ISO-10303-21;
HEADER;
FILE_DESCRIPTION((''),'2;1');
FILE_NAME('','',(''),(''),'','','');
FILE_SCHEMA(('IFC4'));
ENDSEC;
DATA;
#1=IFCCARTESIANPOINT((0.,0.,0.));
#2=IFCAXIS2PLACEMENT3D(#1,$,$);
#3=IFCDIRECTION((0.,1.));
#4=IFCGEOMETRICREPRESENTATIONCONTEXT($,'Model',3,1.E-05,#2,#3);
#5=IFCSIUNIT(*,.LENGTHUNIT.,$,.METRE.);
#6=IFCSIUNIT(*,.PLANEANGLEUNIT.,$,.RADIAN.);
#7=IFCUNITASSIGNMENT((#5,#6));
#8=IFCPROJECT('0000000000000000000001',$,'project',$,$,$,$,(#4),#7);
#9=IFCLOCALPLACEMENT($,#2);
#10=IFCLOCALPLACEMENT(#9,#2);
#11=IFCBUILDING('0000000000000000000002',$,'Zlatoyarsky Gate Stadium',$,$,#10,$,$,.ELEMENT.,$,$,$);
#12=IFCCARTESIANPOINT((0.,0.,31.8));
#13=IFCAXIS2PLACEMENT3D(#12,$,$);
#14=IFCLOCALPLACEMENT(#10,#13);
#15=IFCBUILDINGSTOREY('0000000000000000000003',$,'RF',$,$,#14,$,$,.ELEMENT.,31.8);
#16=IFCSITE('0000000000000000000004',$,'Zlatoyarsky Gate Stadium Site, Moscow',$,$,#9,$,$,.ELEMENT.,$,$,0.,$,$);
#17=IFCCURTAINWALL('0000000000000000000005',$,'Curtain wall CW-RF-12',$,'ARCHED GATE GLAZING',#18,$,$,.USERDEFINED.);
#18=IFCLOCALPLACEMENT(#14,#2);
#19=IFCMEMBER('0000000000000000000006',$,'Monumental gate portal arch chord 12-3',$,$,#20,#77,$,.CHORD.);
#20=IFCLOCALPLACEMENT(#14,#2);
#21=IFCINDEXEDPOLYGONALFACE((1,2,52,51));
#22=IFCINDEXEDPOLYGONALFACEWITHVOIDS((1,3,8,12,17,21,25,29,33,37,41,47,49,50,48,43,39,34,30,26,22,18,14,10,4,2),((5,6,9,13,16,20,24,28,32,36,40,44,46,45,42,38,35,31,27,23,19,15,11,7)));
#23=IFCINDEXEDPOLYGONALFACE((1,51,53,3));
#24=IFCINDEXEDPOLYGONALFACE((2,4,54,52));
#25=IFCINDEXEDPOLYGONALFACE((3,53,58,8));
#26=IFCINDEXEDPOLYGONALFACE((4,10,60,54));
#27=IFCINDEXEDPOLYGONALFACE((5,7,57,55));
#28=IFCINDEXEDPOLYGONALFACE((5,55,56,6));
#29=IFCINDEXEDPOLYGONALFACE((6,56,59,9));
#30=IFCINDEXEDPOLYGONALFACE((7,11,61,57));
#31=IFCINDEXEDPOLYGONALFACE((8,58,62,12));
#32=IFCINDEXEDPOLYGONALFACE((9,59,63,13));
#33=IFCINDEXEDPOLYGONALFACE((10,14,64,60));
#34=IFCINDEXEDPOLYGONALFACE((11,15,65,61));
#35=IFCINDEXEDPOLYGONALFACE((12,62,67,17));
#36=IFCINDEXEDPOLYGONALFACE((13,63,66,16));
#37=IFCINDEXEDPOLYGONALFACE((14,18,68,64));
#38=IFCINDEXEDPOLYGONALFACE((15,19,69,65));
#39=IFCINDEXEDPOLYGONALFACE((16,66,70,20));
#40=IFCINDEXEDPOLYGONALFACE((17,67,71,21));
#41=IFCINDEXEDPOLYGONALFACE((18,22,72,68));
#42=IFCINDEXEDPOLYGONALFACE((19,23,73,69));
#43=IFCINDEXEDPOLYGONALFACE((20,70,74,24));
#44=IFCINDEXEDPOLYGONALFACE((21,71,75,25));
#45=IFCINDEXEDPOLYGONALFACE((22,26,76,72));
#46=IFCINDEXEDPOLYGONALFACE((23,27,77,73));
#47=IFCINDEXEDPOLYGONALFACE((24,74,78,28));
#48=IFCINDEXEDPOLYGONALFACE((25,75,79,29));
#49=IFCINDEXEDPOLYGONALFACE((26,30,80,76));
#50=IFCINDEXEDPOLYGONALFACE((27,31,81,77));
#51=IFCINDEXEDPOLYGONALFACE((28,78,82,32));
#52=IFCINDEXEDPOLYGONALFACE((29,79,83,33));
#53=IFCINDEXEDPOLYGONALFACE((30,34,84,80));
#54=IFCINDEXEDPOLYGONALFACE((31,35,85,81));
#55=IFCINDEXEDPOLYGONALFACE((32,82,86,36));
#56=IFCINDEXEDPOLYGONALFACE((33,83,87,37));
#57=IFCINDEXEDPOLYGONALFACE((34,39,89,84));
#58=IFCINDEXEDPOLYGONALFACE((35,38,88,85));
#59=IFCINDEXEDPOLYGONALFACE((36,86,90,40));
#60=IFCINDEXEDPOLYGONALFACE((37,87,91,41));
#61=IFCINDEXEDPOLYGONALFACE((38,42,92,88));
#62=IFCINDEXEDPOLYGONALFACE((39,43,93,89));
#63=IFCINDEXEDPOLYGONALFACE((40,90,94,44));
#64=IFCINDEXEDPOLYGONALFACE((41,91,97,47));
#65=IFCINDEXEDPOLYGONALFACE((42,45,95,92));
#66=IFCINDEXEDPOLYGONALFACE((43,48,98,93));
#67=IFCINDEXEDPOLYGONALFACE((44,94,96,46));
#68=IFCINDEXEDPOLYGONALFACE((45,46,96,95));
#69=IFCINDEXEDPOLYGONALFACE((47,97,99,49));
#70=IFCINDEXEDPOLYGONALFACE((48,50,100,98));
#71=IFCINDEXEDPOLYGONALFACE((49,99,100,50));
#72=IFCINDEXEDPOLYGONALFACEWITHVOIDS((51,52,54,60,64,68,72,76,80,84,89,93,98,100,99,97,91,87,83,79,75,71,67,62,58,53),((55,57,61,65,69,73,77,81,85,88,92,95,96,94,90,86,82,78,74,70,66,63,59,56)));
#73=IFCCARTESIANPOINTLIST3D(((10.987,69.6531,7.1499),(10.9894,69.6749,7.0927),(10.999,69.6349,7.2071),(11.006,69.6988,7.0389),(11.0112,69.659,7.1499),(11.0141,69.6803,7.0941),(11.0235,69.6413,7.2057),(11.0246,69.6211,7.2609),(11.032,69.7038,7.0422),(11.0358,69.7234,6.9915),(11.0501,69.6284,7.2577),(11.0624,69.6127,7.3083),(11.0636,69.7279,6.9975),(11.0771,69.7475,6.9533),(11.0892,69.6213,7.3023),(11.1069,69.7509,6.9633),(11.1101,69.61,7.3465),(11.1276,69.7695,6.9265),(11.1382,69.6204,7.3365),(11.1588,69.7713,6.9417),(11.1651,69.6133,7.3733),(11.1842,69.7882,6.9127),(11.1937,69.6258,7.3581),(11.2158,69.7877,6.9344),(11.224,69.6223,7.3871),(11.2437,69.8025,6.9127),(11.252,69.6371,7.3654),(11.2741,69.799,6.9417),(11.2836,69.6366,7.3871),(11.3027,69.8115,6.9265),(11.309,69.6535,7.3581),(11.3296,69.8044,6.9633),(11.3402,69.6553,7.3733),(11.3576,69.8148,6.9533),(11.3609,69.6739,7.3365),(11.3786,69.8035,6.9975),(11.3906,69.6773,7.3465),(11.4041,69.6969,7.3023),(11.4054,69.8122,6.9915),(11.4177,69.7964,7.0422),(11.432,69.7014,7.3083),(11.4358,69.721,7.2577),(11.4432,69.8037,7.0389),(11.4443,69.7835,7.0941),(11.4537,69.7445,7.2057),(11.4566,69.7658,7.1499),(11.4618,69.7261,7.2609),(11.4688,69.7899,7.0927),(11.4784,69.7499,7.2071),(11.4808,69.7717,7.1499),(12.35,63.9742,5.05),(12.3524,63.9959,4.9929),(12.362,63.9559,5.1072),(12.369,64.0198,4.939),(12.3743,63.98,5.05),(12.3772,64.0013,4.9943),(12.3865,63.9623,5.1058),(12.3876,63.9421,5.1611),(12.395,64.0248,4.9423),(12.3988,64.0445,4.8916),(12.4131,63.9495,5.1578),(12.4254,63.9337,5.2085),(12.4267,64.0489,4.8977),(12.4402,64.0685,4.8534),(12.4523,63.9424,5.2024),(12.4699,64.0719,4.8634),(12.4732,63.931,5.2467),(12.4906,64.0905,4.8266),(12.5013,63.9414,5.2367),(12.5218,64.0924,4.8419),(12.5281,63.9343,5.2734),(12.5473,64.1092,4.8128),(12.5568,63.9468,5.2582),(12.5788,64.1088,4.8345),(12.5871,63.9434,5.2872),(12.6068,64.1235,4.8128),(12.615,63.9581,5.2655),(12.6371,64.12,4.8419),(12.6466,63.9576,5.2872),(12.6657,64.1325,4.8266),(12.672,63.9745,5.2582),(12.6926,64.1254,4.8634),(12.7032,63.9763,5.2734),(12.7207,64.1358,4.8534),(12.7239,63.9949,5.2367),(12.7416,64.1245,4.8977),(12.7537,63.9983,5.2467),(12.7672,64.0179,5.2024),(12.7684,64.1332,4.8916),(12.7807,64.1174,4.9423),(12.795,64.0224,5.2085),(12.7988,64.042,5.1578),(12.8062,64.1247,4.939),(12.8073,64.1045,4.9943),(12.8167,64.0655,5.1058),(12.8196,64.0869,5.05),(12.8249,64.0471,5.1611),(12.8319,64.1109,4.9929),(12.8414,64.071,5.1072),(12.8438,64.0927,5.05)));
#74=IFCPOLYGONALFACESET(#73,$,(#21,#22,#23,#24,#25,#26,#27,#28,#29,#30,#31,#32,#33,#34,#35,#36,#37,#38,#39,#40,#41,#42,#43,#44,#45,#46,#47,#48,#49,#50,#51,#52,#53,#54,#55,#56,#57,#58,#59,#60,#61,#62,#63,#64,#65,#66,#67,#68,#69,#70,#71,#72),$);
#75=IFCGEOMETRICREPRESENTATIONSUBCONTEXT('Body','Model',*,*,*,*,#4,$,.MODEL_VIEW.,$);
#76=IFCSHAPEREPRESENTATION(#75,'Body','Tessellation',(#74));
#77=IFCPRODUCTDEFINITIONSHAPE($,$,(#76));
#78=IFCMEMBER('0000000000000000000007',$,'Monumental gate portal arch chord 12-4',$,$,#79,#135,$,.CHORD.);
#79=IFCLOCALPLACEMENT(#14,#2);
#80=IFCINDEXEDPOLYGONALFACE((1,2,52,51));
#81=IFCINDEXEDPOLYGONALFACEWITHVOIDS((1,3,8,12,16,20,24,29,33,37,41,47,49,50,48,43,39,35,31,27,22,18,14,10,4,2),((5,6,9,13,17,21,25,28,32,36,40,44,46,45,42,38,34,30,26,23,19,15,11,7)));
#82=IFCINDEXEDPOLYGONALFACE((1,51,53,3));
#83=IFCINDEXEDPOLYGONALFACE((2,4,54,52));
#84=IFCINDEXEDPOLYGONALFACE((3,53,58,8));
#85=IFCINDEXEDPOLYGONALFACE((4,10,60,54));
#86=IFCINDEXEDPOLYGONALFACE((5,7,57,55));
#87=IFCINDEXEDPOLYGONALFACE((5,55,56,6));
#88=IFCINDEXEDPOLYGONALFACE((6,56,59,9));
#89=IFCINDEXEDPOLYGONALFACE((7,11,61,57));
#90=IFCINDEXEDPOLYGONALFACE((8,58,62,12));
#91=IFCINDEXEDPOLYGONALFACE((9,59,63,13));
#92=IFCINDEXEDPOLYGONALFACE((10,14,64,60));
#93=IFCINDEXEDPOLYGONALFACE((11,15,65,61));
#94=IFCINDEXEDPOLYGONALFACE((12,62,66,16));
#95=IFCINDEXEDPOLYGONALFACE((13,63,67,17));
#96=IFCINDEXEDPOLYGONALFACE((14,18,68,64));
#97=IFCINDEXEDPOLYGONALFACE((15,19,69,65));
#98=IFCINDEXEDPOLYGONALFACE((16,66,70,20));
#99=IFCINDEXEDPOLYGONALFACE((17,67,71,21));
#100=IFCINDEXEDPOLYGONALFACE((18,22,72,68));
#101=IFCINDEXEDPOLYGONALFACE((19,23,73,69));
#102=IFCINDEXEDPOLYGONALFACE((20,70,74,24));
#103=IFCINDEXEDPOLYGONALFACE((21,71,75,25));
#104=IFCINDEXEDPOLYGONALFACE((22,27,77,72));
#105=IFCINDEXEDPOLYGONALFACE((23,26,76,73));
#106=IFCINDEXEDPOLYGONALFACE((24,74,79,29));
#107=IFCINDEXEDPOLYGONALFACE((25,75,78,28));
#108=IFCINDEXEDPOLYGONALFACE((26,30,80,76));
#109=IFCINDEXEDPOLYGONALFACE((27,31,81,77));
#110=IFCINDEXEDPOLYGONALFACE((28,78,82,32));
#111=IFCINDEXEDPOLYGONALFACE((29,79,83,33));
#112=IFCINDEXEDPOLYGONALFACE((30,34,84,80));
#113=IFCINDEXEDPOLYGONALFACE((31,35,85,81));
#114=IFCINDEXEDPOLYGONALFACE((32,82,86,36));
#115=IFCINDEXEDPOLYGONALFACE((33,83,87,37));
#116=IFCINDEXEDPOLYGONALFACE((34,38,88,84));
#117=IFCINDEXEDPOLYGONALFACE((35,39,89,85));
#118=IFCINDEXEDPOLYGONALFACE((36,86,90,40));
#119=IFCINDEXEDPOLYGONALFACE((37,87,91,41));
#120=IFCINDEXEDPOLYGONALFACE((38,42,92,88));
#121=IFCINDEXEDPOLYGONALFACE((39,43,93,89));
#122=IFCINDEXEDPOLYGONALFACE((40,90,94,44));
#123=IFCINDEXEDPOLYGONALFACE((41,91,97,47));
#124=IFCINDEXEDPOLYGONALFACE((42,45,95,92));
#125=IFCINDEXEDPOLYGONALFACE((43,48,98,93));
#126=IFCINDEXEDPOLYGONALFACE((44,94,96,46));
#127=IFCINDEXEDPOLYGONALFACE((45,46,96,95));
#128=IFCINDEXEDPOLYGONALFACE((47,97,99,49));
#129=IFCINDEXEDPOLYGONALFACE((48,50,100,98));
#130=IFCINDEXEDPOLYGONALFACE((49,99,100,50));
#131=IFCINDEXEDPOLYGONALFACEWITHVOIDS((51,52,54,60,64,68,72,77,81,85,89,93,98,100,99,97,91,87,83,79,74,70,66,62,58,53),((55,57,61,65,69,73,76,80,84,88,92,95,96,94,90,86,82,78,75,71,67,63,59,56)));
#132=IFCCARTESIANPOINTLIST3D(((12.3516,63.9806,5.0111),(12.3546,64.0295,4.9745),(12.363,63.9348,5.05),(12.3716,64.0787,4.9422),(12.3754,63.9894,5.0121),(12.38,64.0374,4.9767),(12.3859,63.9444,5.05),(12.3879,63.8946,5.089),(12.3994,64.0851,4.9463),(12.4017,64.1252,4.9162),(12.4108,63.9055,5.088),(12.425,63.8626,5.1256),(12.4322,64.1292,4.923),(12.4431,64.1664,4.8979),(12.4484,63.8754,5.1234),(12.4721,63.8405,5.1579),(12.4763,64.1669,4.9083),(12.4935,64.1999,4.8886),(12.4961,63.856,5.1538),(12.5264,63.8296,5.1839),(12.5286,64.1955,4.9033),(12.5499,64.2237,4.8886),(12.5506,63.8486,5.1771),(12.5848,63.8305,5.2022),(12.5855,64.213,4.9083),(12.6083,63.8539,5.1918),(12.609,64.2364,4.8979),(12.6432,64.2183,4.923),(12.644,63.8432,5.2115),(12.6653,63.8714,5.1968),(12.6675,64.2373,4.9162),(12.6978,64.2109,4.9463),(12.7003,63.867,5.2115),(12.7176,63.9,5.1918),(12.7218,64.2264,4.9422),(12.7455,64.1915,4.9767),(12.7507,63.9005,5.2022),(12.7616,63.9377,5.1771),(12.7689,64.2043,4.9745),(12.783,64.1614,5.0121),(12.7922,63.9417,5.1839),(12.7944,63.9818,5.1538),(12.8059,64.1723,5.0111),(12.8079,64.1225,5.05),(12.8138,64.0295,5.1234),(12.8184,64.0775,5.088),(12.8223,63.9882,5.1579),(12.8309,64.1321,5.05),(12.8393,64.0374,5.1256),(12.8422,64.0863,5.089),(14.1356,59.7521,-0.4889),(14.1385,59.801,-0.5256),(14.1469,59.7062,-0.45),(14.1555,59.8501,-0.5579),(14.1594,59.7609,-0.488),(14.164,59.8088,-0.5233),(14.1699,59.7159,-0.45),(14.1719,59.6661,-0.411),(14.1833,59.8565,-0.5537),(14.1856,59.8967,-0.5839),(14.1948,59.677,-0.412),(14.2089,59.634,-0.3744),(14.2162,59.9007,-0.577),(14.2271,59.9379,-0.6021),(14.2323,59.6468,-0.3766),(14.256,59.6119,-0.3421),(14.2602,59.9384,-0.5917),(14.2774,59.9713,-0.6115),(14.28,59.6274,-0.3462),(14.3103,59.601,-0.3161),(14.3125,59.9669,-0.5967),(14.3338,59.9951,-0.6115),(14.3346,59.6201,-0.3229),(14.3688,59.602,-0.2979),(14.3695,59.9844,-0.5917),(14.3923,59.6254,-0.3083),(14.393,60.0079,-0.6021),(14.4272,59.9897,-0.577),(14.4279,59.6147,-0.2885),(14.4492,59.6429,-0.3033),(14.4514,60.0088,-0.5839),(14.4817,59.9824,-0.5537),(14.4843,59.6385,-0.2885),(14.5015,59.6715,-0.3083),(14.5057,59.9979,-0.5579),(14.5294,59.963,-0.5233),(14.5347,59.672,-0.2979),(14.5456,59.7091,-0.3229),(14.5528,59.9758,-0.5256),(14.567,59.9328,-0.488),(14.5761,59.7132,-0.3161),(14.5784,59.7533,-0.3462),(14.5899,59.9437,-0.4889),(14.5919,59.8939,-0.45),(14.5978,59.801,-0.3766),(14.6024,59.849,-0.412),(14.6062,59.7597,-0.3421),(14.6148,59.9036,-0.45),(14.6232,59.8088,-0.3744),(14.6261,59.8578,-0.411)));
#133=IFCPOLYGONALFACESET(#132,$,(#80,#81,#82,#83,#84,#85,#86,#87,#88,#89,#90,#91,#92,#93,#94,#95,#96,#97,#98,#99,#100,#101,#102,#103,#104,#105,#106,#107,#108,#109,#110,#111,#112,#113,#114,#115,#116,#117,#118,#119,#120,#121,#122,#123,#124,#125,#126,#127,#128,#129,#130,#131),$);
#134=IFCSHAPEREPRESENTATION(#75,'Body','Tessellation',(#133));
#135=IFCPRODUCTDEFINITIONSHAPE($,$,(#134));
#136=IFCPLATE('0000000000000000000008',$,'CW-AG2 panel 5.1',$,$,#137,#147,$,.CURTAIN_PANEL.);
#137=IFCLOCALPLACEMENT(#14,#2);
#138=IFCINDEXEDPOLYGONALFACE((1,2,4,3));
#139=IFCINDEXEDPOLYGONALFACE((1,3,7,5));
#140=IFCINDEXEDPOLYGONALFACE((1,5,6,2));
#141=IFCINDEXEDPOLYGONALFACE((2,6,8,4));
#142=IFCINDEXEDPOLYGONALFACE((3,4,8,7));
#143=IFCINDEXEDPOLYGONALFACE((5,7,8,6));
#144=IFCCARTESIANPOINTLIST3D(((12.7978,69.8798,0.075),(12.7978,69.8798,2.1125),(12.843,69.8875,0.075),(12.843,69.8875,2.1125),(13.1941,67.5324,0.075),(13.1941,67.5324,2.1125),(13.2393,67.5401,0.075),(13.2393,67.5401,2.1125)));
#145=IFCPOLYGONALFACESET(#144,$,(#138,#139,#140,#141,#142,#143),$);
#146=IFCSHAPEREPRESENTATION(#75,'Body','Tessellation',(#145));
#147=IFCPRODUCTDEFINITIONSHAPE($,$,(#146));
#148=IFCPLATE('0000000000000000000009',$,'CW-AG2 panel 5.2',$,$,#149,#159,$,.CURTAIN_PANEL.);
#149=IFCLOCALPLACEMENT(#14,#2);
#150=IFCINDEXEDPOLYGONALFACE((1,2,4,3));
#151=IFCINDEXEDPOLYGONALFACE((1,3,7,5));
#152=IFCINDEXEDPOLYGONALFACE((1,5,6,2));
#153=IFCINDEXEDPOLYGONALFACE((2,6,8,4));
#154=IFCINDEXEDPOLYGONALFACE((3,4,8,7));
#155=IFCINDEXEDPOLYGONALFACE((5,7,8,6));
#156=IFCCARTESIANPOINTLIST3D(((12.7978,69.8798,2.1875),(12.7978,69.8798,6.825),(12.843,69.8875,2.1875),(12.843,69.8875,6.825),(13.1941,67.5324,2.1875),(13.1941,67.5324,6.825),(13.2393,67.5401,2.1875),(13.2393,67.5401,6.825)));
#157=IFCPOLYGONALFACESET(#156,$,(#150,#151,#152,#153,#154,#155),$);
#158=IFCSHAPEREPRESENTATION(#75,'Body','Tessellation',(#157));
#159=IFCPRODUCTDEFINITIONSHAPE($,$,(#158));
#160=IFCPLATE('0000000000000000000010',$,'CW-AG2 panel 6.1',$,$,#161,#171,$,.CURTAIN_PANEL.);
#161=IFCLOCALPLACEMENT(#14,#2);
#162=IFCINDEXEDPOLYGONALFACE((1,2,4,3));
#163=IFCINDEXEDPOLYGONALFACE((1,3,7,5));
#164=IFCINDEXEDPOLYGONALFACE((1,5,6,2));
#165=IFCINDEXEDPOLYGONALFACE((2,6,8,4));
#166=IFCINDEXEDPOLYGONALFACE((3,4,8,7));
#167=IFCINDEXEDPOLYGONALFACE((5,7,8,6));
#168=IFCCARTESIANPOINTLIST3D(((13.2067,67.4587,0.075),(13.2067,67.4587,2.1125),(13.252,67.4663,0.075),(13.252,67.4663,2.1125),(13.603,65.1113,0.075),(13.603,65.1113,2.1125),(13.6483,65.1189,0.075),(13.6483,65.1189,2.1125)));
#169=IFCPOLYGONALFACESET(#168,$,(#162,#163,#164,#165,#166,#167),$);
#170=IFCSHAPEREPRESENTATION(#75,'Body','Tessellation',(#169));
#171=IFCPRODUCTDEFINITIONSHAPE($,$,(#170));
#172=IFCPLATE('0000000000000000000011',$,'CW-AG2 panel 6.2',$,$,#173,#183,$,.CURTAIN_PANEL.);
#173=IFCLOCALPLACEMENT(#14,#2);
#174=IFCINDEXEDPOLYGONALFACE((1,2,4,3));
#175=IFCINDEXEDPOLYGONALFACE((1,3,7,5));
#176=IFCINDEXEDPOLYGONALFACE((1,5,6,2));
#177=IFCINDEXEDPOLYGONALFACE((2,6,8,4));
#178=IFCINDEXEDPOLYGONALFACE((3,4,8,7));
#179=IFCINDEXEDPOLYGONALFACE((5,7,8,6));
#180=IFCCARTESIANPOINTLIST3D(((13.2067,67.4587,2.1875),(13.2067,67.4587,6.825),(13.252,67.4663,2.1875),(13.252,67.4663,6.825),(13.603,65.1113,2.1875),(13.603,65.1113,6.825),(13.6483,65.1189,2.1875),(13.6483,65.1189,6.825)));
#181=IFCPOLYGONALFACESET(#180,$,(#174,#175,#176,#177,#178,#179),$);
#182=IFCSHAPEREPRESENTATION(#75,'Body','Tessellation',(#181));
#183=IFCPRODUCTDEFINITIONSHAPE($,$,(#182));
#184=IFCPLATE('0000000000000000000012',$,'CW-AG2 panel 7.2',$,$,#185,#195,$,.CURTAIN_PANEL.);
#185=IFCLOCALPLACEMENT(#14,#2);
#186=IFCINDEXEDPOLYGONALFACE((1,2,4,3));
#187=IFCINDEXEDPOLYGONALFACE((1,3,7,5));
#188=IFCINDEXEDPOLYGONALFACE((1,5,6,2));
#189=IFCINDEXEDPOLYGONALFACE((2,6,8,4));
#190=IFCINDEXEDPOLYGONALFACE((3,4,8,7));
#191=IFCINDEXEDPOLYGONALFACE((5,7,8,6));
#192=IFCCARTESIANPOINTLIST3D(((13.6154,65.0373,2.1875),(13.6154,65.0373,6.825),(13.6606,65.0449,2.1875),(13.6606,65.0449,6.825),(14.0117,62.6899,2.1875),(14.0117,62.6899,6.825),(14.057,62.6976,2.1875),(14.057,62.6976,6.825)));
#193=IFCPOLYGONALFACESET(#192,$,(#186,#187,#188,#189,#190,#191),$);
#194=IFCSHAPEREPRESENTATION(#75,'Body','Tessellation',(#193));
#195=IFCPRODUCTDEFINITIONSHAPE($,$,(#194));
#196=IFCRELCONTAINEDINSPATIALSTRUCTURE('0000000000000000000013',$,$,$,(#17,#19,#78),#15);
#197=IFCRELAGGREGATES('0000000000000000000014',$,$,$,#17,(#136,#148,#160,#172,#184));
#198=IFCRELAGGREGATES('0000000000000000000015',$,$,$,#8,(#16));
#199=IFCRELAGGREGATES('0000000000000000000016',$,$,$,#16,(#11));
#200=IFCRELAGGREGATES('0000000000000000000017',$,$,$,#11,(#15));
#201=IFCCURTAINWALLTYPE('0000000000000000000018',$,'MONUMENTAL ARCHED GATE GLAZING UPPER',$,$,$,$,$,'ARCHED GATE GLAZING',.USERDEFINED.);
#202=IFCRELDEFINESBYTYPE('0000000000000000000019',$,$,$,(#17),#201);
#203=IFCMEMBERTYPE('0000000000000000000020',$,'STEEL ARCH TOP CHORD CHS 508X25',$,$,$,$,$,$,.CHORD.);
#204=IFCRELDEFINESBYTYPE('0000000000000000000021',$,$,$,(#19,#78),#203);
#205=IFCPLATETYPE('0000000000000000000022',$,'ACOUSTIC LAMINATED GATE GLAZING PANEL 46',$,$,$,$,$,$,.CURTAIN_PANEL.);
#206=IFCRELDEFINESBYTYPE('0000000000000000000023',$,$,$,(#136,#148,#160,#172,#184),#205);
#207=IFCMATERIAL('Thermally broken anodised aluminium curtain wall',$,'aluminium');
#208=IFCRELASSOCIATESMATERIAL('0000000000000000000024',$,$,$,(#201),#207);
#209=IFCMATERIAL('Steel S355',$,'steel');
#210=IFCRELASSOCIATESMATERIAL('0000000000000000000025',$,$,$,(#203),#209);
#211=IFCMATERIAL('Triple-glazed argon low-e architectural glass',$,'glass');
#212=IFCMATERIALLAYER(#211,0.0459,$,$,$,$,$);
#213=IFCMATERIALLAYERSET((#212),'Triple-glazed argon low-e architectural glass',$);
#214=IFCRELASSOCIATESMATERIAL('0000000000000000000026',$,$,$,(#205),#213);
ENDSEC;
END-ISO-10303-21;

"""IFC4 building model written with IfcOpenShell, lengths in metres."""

from ifc_helpers import new_model, si_unit, direction, frame, origin, origin_2d, place, context, subcontext, project, spatial, rectangle, hollow_circle, extrude, material, layer, layer_set, material_profile, profile_set, type_object, element, aggregate, save


model = new_model("IFC4")

# Units and contexts
model_context = context("Model", 3, precision=1e-05, world=origin(), true_north=direction((0.0, 1.0)))
body_context = subcontext(model_context, "Body", "Model", "MODEL_VIEW")
ifc_project = project(units=[si_unit("LENGTHUNIT", "METRE"), si_unit("PLANEANGLEUNIT", "RADIAN")], contexts=[model_context])

# Site, building, storey
site_placement = place(None, origin())
site = spatial("IfcSite", under=ifc_project, at=site_placement, Name="Zlatoyarsky Gate Stadium Site, Moscow", CompositionType="ELEMENT", RefElevation=0.0)
building_placement = place(site_placement, origin())
building = spatial("IfcBuilding", under=site, at=building_placement, Name="Zlatoyarsky Gate Stadium", CompositionType="ELEMENT")
storey_placement = place(building_placement, frame((0.0, 0.0, 31.8)))
storey = spatial("IfcBuildingStorey", under=building, at=storey_placement, Name="RF", CompositionType="ELEMENT", Elevation=31.8)

# Curtain wall
ifc_material_1 = material(Name="Thermally broken anodised aluminium curtain wall", Category="aluminium")
curtain_wall_type = type_object("IfcCurtainWallType", Name="MONUMENTAL ARCHED GATE GLAZING UPPER", ElementType="ARCHED GATE GLAZING", PredefinedType="USERDEFINED", material=ifc_material_1)
curtain_wall_placement = place(storey_placement, origin())
curtain_wall = element("IfcCurtainWall", 1, at=curtain_wall_placement, inside=storey, type_object=curtain_wall_type, Name="Curtain wall CW-RF-12", ObjectType="ARCHED GATE GLAZING", PredefinedType="USERDEFINED")

# Members
ifc_material_2 = material(Name="Steel S355", Category="steel")
ifc_material_profile_1 = material_profile(ifc_material_2, hollow_circle(Radius=0.2539, WallThickness=0.0249, at=origin_2d()), Name="CHS 508X25")
ifc_profile_set_1 = profile_set([ifc_material_profile_1], Name="Steel S355")
member_type_1 = type_object("IfcMemberType", Name="STEEL ARCH TOP CHORD CHS 508X25", PredefinedType="CHORD", material=ifc_profile_set_1)
member_1_placement = place(storey_placement, frame((11.2339, 69.7124, 7.1499), z_axis=(0.219623, -0.915035, -0.338344), x_axis=(0.972384, 0.233387, 0.0)))
element("IfcMember", 2, at=member_1_placement, inside=storey, type_object=member_type_1, Name="Monumental gate portal arch chord 12-3", PredefinedType="CHORD", context=body_context, shape_type="SweptSolid", body=[
    extrude(hollow_circle(Radius=0.2539, WallThickness=0.0249, at=origin_2d()), origin(), (0.0, 0.0, 1.0), 6.2063),
])
member_2_placement = place(storey_placement, frame((12.5969, 64.0334, 5.05), z_axis=(0.249038, -0.590303, -0.767803), x_axis=(0.921362, 0.388706, 0.0)))
element("IfcMember", 3, at=member_2_placement, inside=storey, type_object=member_type_1, Name="Monumental gate portal arch chord 12-4", PredefinedType="CHORD", context=body_context, shape_type="SweptSolid", body=[
    extrude(hollow_circle(Radius=0.2539, WallThickness=0.0249, at=origin_2d()), origin(), (0.0, 0.0, 1.0), 7.1633),
])

# Plates
ifc_material_3 = material(Name="Triple-glazed argon low-e architectural glass", Category="glass")
ifc_layer_1 = layer(ifc_material_3, 0.0459)
ifc_layer_set_1 = layer_set([ifc_layer_1], Name="Triple-glazed argon low-e architectural glass")
plate_type = type_object("IfcPlateType", Name="ACOUSTIC LAMINATED GATE GLAZING PANEL 46", PredefinedType="CURTAIN_PANEL", material=ifc_layer_set_1)
plate_1_placement = place(storey_placement, frame((13.0186, 68.71, 0.075), z_axis=(0.0, 0.0, 1.0), x_axis=(0.166482, -0.986044, 0.0)))
plate_1 = element("IfcPlate", 4, at=plate_1_placement, type_object=plate_type, Name="CW-AG2 panel 5.1", PredefinedType="CURTAIN_PANEL", context=body_context, shape_type="SweptSolid", body=[
    extrude(rectangle(XDim=2.3806, YDim=0.0459, at=origin_2d()), origin(), (0.0, 0.0, 1.0), 2.0376),
])
plate_2_placement = place(storey_placement, frame((13.0186, 68.71, 2.1875), z_axis=(0.0, 0.0, 1.0), x_axis=(0.166482, -0.986044, 0.0)))
plate_2 = element("IfcPlate", 5, at=plate_2_placement, type_object=plate_type, Name="CW-AG2 panel 5.2", PredefinedType="CURTAIN_PANEL", context=body_context, shape_type="SweptSolid", body=[
    extrude(rectangle(XDim=2.3806, YDim=0.0459, at=origin_2d()), origin(), (0.0, 0.0, 1.0), 4.6375),
])
plate_3_placement = place(storey_placement, frame((13.4275, 66.2888, 0.075), z_axis=(0.0, 0.0, 1.0), x_axis=(0.166482, -0.986044, 0.0)))
plate_3 = element("IfcPlate", 6, at=plate_3_placement, type_object=plate_type, Name="CW-AG2 panel 6.1", PredefinedType="CURTAIN_PANEL", context=body_context, shape_type="SweptSolid", body=[
    extrude(rectangle(XDim=2.3806, YDim=0.0459, at=origin_2d()), origin(), (0.0, 0.0, 1.0), 2.0376),
])
plate_4_placement = place(storey_placement, frame((13.4275, 66.2888, 2.1875), z_axis=(0.0, 0.0, 1.0), x_axis=(0.166482, -0.986044, 0.0)))
plate_4 = element("IfcPlate", 7, at=plate_4_placement, type_object=plate_type, Name="CW-AG2 panel 6.2", PredefinedType="CURTAIN_PANEL", context=body_context, shape_type="SweptSolid", body=[
    extrude(rectangle(XDim=2.3806, YDim=0.0459, at=origin_2d()), origin(), (0.0, 0.0, 1.0), 4.6375),
])
plate_5_placement = place(storey_placement, frame((13.8362, 63.8674, 2.1875), z_axis=(0.0, 0.0, 1.0), x_axis=(0.166482, -0.986044, 0.0)))
plate_5 = element("IfcPlate", 8, at=plate_5_placement, type_object=plate_type, Name="CW-AG2 panel 7.2", PredefinedType="CURTAIN_PANEL", context=body_context, shape_type="SweptSolid", body=[
    extrude(rectangle(XDim=2.3806, YDim=0.0459, at=origin_2d()), origin(), (0.0, 0.0, 1.0), 4.6375),
])
aggregate(curtain_wall, [plate_1, plate_2, plate_3, plate_4, plate_5])

save(model, "model.ifc")
